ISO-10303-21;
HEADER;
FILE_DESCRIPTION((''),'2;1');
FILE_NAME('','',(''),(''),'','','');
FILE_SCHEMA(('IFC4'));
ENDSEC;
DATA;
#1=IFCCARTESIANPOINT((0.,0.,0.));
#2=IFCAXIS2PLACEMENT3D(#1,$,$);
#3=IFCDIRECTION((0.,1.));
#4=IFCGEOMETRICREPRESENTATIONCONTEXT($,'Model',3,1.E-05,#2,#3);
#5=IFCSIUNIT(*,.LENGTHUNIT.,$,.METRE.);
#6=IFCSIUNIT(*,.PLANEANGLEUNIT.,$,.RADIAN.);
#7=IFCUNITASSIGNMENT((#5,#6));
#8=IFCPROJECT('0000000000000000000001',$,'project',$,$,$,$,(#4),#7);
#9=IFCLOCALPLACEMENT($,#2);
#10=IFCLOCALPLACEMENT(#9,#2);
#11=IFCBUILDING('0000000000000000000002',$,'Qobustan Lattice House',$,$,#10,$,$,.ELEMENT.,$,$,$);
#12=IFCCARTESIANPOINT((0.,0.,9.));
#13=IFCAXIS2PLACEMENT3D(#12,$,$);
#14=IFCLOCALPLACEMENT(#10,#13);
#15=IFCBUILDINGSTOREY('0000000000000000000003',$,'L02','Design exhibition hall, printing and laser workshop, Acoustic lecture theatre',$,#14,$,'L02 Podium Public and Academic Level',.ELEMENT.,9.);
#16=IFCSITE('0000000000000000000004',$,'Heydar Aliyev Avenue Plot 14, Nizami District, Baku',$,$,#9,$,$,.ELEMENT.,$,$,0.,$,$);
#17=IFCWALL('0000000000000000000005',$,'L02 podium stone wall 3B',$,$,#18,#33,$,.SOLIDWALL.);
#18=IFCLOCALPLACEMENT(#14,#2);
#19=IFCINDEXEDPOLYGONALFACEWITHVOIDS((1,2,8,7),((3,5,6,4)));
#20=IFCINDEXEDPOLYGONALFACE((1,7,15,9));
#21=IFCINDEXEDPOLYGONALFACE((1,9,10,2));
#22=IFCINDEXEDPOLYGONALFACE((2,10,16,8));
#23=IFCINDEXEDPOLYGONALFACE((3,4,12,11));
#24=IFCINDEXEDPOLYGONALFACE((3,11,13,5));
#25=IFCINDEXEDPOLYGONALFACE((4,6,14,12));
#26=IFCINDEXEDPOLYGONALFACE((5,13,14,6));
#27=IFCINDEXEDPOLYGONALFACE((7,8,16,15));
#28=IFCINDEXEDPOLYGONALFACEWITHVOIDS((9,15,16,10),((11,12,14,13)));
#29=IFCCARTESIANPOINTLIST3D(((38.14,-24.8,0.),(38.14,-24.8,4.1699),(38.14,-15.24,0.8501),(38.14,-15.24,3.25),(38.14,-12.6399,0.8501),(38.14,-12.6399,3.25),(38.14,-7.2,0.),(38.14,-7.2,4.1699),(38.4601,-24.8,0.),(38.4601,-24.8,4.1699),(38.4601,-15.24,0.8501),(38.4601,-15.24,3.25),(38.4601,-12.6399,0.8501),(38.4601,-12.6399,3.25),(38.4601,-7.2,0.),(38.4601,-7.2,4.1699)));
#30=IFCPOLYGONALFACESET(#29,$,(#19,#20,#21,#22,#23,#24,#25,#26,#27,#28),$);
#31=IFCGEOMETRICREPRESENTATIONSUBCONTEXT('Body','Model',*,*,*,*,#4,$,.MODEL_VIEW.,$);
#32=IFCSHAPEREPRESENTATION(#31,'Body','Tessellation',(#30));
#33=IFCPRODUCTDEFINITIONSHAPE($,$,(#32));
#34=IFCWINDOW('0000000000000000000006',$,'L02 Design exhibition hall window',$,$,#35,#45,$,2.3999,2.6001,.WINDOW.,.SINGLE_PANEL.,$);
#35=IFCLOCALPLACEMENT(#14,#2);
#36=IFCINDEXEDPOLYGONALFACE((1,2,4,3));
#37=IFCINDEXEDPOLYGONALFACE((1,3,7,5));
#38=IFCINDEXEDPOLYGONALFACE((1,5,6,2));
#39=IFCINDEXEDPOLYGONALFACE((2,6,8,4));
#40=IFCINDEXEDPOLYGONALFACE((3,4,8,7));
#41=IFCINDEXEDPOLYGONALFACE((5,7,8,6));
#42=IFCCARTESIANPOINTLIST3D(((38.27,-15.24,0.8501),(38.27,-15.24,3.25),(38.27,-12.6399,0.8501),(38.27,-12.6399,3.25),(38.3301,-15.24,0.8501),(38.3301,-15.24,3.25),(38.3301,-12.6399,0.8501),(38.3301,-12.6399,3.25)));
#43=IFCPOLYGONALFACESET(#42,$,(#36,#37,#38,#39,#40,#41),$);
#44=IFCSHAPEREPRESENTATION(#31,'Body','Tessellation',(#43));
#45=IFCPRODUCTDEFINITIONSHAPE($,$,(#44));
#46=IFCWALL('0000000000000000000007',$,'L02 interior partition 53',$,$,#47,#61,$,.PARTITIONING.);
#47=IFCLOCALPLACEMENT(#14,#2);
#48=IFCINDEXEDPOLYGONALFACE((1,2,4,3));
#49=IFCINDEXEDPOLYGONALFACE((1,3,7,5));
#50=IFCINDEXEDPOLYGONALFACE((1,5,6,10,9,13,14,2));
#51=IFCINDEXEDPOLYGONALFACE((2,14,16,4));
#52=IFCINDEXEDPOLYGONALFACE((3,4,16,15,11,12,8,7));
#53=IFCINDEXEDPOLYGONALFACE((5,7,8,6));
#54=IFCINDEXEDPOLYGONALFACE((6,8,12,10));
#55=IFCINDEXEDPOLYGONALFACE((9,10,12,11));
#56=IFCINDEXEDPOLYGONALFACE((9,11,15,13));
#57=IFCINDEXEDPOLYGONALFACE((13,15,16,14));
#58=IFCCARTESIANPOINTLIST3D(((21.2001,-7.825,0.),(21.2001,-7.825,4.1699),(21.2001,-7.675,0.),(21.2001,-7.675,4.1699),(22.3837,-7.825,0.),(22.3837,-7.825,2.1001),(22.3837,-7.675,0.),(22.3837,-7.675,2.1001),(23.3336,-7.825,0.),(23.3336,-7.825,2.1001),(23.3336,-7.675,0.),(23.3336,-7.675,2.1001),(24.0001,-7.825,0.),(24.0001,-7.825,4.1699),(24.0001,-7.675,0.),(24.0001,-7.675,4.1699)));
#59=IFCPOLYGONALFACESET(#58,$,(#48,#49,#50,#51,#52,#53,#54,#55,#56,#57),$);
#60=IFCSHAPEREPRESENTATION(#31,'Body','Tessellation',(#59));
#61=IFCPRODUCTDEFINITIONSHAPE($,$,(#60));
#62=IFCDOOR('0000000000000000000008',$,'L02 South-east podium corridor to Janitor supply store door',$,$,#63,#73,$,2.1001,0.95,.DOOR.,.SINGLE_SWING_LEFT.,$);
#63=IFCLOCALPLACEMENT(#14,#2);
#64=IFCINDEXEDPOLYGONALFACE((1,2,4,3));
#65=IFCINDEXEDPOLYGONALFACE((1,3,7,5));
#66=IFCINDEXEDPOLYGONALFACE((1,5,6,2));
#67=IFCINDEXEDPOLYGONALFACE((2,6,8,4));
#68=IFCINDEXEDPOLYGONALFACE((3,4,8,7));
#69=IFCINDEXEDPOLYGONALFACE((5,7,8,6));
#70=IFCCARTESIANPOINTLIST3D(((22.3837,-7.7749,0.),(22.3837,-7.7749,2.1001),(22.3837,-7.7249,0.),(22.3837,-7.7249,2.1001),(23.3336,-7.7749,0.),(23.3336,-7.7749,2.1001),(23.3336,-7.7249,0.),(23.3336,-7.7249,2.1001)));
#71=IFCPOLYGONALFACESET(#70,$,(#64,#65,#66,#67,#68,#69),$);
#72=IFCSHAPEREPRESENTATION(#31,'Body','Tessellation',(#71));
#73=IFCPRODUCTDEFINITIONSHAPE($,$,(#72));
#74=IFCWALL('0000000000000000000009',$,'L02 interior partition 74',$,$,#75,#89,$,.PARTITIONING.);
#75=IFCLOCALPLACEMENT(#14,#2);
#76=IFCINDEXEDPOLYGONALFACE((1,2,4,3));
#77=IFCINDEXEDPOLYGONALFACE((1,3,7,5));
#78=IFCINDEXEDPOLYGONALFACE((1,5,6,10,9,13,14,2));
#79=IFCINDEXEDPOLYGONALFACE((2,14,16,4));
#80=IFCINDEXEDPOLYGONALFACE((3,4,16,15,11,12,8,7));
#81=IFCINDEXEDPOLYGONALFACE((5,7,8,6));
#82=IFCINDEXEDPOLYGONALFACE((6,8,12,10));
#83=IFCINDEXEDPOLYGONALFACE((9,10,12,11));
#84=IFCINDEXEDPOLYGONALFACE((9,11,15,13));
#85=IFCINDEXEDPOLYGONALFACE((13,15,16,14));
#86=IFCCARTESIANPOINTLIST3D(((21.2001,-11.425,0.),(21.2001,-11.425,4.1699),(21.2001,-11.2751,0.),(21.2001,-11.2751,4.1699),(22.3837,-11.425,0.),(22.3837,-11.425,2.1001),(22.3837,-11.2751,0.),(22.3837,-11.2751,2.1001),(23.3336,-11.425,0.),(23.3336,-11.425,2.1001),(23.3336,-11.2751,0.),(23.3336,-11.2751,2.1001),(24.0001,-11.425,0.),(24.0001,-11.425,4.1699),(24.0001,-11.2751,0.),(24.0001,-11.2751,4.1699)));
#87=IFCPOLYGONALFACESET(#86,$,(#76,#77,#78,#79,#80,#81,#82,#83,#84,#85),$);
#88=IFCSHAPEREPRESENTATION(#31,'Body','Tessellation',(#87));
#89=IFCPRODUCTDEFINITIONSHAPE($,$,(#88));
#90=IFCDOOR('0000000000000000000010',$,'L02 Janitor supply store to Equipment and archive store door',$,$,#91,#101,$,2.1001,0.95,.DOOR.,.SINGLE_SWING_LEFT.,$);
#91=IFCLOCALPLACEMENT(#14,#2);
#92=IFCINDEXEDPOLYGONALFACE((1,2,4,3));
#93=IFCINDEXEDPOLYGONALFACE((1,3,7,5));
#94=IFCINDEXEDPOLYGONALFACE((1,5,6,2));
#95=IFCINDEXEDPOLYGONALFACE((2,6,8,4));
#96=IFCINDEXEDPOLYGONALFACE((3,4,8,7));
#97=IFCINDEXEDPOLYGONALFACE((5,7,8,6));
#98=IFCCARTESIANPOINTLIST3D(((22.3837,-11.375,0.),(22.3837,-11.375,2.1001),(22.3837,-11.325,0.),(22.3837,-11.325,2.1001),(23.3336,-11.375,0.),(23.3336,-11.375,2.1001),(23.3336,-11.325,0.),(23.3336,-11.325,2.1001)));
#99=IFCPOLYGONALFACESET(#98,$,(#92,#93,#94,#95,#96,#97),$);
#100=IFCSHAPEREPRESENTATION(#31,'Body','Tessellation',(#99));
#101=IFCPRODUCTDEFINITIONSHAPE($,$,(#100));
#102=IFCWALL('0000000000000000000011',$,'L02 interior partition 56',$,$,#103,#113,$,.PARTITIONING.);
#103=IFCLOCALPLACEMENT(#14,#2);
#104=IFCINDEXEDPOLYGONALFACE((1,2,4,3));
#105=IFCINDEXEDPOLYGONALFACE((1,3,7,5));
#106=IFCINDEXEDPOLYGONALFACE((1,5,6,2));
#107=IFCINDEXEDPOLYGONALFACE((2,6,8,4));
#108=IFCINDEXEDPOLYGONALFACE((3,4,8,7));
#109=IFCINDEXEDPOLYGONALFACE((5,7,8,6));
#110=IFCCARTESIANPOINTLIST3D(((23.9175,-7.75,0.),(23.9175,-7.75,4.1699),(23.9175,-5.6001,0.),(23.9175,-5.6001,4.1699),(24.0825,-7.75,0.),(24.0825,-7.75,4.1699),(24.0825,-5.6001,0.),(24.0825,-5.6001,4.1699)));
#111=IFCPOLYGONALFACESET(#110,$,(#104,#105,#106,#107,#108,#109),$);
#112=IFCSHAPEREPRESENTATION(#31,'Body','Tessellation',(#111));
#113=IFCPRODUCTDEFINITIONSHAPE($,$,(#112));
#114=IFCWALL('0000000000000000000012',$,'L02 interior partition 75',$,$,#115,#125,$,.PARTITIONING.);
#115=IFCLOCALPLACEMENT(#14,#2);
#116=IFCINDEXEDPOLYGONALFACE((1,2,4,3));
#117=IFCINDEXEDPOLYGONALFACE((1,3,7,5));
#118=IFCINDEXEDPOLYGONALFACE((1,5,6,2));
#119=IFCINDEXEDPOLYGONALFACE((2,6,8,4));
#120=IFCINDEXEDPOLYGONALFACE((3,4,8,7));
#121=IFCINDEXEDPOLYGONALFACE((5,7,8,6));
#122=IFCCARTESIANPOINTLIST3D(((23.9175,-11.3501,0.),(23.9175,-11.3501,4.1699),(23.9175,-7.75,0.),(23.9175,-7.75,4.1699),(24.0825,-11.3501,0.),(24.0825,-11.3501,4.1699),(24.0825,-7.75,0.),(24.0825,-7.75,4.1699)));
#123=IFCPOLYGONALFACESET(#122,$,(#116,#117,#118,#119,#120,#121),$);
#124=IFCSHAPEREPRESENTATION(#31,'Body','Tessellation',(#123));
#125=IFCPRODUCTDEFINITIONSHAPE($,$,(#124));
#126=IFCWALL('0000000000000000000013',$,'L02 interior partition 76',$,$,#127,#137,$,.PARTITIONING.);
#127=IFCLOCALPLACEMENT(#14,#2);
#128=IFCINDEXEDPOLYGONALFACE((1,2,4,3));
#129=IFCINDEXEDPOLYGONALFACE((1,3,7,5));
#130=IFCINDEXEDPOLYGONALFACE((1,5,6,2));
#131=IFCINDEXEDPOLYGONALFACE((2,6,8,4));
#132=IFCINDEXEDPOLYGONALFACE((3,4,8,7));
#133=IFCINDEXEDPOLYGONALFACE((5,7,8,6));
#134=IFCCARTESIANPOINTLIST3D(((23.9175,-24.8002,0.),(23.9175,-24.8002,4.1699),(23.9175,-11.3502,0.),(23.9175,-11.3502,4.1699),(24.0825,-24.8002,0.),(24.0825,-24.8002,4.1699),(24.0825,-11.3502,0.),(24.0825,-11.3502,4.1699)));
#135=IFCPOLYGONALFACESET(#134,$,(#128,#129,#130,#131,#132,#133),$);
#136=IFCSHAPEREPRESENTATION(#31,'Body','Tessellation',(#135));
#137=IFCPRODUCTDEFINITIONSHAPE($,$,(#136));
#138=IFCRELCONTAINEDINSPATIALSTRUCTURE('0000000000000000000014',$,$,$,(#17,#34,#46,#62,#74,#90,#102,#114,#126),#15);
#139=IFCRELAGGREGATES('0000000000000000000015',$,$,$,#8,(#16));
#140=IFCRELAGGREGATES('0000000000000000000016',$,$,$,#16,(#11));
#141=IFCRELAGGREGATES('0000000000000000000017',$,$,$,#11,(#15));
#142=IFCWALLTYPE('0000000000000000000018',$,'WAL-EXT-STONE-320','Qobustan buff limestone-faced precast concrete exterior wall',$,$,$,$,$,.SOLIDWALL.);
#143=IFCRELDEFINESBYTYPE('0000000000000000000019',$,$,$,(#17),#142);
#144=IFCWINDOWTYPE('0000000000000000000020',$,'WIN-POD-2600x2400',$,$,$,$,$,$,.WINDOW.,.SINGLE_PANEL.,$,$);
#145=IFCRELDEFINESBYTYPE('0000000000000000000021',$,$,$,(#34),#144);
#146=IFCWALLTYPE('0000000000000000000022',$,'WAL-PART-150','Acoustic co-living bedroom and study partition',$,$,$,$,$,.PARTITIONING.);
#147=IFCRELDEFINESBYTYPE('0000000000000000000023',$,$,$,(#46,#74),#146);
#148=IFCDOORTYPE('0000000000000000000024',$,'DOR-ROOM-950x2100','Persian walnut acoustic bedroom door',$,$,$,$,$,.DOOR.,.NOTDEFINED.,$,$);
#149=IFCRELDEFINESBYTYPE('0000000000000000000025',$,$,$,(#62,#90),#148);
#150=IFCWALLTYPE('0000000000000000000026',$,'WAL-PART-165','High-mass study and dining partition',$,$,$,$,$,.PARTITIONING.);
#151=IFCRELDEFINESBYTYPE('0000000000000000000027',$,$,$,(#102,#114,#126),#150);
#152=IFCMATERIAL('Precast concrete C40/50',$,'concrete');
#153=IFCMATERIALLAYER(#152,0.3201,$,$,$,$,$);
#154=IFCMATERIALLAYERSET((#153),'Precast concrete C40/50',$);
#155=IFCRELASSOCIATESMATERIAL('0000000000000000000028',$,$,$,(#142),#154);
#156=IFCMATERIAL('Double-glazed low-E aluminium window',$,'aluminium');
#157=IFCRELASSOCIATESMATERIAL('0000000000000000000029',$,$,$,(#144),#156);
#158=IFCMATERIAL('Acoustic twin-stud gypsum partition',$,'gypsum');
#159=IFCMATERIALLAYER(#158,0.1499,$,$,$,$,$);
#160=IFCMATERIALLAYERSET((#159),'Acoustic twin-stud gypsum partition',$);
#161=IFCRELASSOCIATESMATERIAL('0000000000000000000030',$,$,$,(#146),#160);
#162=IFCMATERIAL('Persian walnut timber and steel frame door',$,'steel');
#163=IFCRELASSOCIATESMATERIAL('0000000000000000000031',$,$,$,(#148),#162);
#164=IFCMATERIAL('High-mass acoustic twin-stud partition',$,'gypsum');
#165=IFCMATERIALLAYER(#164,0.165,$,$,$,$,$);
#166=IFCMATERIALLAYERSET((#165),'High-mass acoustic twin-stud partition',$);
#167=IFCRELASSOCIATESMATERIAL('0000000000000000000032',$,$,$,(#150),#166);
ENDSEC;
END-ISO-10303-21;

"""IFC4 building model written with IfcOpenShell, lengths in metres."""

from ifc_helpers import new_model, si_unit, direction, frame, frame_2d, origin, place, context, subcontext, project, spatial, rectangle, extrude, material, layer, layer_set, type_object, element, fill, save


model = new_model("IFC4")

# Units and contexts
model_context = context("Model", 3, precision=1e-05, world=origin(), true_north=direction((0.0, 1.0)))
body_context = subcontext(model_context, "Body", "Model", "MODEL_VIEW")
ifc_project = project(units=[si_unit("LENGTHUNIT", "METRE"), si_unit("PLANEANGLEUNIT", "RADIAN")], contexts=[model_context])

# Site, building, storey
site_placement = place(None, origin())
site = spatial("IfcSite", under=ifc_project, at=site_placement, Name="Heydar Aliyev Avenue Plot 14, Nizami District, Baku", CompositionType="ELEMENT", RefElevation=0.0)
building_placement = place(site_placement, origin())
building = spatial("IfcBuilding", under=site, at=building_placement, Name="Qobustan Lattice House", CompositionType="ELEMENT")
storey_placement = place(building_placement, frame((0.0, 0.0, 9.0)))
storey = spatial("IfcBuildingStorey", under=building, at=storey_placement, Name="L02", Description="Design exhibition hall, printing and laser workshop, Acoustic lecture theatre", LongName="L02 Podium Public and Academic Level", CompositionType="ELEMENT", Elevation=9.0)

# Wall, opening, window
ifc_material_1 = material(Name="Precast concrete C40/50", Category="concrete")
ifc_layer_1 = layer(ifc_material_1, 0.3201)
ifc_layer_set_1 = layer_set([ifc_layer_1], Name="Precast concrete C40/50")
wall_type_1 = type_object("IfcWallType", Name="WAL-EXT-STONE-320", Description="Qobustan buff limestone-faced precast concrete exterior wall", PredefinedType="SOLIDWALL", material=ifc_layer_set_1)
wall_1_placement = place(storey_placement, frame((38.3, -7.2, 0.0), z_axis=(0.0, 0.0, 1.0), x_axis=(0.0, -1.0, 0.0)))
wall_1 = element("IfcWall", 1, at=wall_1_placement, inside=storey, type_object=wall_type_1, Name="L02 podium stone wall 3B", PredefinedType="SOLIDWALL", context=body_context, shape_type="SweptSolid", body=[
    extrude(rectangle(XDim=17.6001, YDim=0.3201, at=frame_2d((8.8, 0.0))), origin(), (0.0, 0.0, 1.0), 4.1699),
])
opening_1_placement = place(wall_1_placement, frame((5.4399, 0.0, 0.8501)))
opening_1 = element("IfcOpeningElement", 2, at=opening_1_placement, cuts=wall_1, PredefinedType="OPENING", context=body_context, shape_type="SweptSolid", body=[
    extrude(rectangle(XDim=2.6001, YDim=2.3999, at=frame_2d((1.3, 1.2))), frame((0.0, 0.1699, 0.0), z_axis=(0.0, -1.0, 0.0), x_axis=(1.0, 0.0, 0.0)), (0.0, 0.0, 1.0), 0.3401),
])
ifc_material_2 = material(Name="Double-glazed low-E aluminium window", Category="aluminium")
window_type = type_object("IfcWindowType", Name="WIN-POD-2600x2400", PartitioningType="SINGLE_PANEL", PredefinedType="WINDOW", material=ifc_material_2)
window_placement = place(opening_1_placement, origin())
window = element("IfcWindow", 3, at=window_placement, inside=storey, type_object=window_type, Name="L02 Design exhibition hall window", OverallHeight=2.3999, OverallWidth=2.6001, PartitioningType="SINGLE_PANEL", PredefinedType="WINDOW", context=body_context, shape_type="SweptSolid", body=[
    extrude(rectangle(XDim=2.6001, YDim=2.3999, at=frame_2d((1.3, 1.2))), frame((0.0, 0.03, 0.0), z_axis=(0.0, -1.0, 0.0), x_axis=(1.0, 0.0, 0.0)), (0.0, 0.0, 1.0), 0.0601),
])
fill(opening_1, window)

# Walls, openings, doors
ifc_material_3 = material(Name="Acoustic twin-stud gypsum partition", Category="gypsum")
ifc_layer_2 = layer(ifc_material_3, 0.1499)
ifc_layer_set_2 = layer_set([ifc_layer_2], Name="Acoustic twin-stud gypsum partition")
wall_type_2 = type_object("IfcWallType", Name="WAL-PART-150", Description="Acoustic co-living bedroom and study partition", PredefinedType="PARTITIONING", material=ifc_layer_set_2)
wall_2_placement = place(storey_placement, frame((24.0, -7.75, 0.0), z_axis=(0.0, 0.0, 1.0), x_axis=(-1.0, 0.0, 0.0)))
wall_2 = element("IfcWall", 4, at=wall_2_placement, inside=storey, type_object=wall_type_2, Name="L02 interior partition 53", PredefinedType="PARTITIONING", context=body_context, shape_type="SweptSolid", body=[
    extrude(rectangle(XDim=2.8, YDim=0.1499, at=frame_2d((1.3999, 0.0))), origin(), (0.0, 0.0, 1.0), 4.1699),
])
opening_2_placement = place(wall_2_placement, frame((0.6663, 0.0, 0.0)))
opening_2 = element("IfcOpeningElement", 5, at=opening_2_placement, cuts=wall_2, PredefinedType="OPENING", context=body_context, shape_type="SweptSolid", body=[
    extrude(rectangle(XDim=0.95, YDim=2.1001, at=frame_2d((0.4751, 1.05))), frame((0.0, 0.085, 0.0), z_axis=(0.0, -1.0, 0.0), x_axis=(1.0, 0.0, 0.0)), (0.0, 0.0, 1.0), 0.1699),
])
ifc_material_4 = material(Name="Persian walnut timber and steel frame door", Category="steel")
door_type = type_object("IfcDoorType", Name="DOR-ROOM-950x2100", Description="Persian walnut acoustic bedroom door", OperationType="NOTDEFINED", PredefinedType="DOOR", material=ifc_material_4)
door_1_placement = place(opening_2_placement, origin())
door_1 = element("IfcDoor", 6, at=door_1_placement, inside=storey, type_object=door_type, Name="L02 South-east podium corridor to Janitor supply store door", OperationType="SINGLE_SWING_LEFT", OverallHeight=2.1001, OverallWidth=0.95, PredefinedType="DOOR", context=body_context, shape_type="SweptSolid", body=[
    extrude(rectangle(XDim=0.95, YDim=2.1001, at=frame_2d((0.4751, 1.05))), frame((0.0, 0.0249, 0.0), z_axis=(0.0, -1.0, 0.0), x_axis=(1.0, 0.0, 0.0)), (0.0, 0.0, 1.0), 0.05),
])
fill(opening_2, door_1)
wall_3_placement = place(storey_placement, frame((24.0, -11.3501, 0.0), z_axis=(0.0, 0.0, 1.0), x_axis=(-1.0, 0.0, 0.0)))
wall_3 = element("IfcWall", 7, at=wall_3_placement, inside=storey, type_object=wall_type_2, Name="L02 interior partition 74", PredefinedType="PARTITIONING", context=body_context, shape_type="SweptSolid", body=[
    extrude(rectangle(XDim=2.8, YDim=0.1499, at=frame_2d((1.3999, 0.0))), origin(), (0.0, 0.0, 1.0), 4.1699),
])
opening_3_placement = place(wall_3_placement, frame((0.6663, 0.0, 0.0)))
opening_3 = element("IfcOpeningElement", 8, at=opening_3_placement, cuts=wall_3, PredefinedType="OPENING", context=body_context, shape_type="SweptSolid", body=[
    extrude(rectangle(XDim=0.95, YDim=2.1001, at=frame_2d((0.4751, 1.05))), frame((0.0, 0.085, 0.0), z_axis=(0.0, -1.0, 0.0), x_axis=(1.0, 0.0, 0.0)), (0.0, 0.0, 1.0), 0.1699),
])
door_2_placement = place(opening_3_placement, origin())
door_2 = element("IfcDoor", 9, at=door_2_placement, inside=storey, type_object=door_type, Name="L02 Janitor supply store to Equipment and archive store door", OperationType="SINGLE_SWING_LEFT", OverallHeight=2.1001, OverallWidth=0.95, PredefinedType="DOOR", context=body_context, shape_type="SweptSolid", body=[
    extrude(rectangle(XDim=0.95, YDim=2.1001, at=frame_2d((0.4751, 1.05))), frame((0.0, 0.0249, 0.0), z_axis=(0.0, -1.0, 0.0), x_axis=(1.0, 0.0, 0.0)), (0.0, 0.0, 1.0), 0.05),
])
fill(opening_3, door_2)

# Walls
ifc_material_5 = material(Name="High-mass acoustic twin-stud partition", Category="gypsum")
ifc_layer_3 = layer(ifc_material_5, 0.165)
ifc_layer_set_3 = layer_set([ifc_layer_3], Name="High-mass acoustic twin-stud partition")
wall_type_3 = type_object("IfcWallType", Name="WAL-PART-165", Description="High-mass study and dining partition", PredefinedType="PARTITIONING", material=ifc_layer_set_3)
wall_4_placement = place(storey_placement, frame((24.0, -5.6001, 0.0), z_axis=(0.0, 0.0, 1.0), x_axis=(0.0, -1.0, 0.0)))
element("IfcWall", 10, at=wall_4_placement, inside=storey, type_object=wall_type_3, Name="L02 interior partition 56", PredefinedType="PARTITIONING", context=body_context, shape_type="SweptSolid", body=[
    extrude(rectangle(XDim=2.1499, YDim=0.165, at=frame_2d((1.075, 0.0))), origin(), (0.0, 0.0, 1.0), 4.1699),
])
wall_5_placement = place(storey_placement, frame((24.0, -7.75, 0.0), z_axis=(0.0, 0.0, 1.0), x_axis=(0.0, -1.0, 0.0)))
element("IfcWall", 11, at=wall_5_placement, inside=storey, type_object=wall_type_3, Name="L02 interior partition 75", PredefinedType="PARTITIONING", context=body_context, shape_type="SweptSolid", body=[
    extrude(rectangle(XDim=3.6001, YDim=0.165, at=frame_2d((1.8, 0.0))), origin(), (0.0, 0.0, 1.0), 4.1699),
])
wall_6_placement = place(storey_placement, frame((24.0, -11.3501, 0.0), z_axis=(0.0, 0.0, 1.0), x_axis=(0.0, -1.0, 0.0)))
element("IfcWall", 12, at=wall_6_placement, inside=storey, type_object=wall_type_3, Name="L02 interior partition 76", PredefinedType="PARTITIONING", context=body_context, shape_type="SweptSolid", body=[
    extrude(rectangle(XDim=13.45, YDim=0.165, at=frame_2d((6.7251, 0.0))), origin(), (0.0, 0.0, 1.0), 4.1699),
])

save(model, "model.ifc")
